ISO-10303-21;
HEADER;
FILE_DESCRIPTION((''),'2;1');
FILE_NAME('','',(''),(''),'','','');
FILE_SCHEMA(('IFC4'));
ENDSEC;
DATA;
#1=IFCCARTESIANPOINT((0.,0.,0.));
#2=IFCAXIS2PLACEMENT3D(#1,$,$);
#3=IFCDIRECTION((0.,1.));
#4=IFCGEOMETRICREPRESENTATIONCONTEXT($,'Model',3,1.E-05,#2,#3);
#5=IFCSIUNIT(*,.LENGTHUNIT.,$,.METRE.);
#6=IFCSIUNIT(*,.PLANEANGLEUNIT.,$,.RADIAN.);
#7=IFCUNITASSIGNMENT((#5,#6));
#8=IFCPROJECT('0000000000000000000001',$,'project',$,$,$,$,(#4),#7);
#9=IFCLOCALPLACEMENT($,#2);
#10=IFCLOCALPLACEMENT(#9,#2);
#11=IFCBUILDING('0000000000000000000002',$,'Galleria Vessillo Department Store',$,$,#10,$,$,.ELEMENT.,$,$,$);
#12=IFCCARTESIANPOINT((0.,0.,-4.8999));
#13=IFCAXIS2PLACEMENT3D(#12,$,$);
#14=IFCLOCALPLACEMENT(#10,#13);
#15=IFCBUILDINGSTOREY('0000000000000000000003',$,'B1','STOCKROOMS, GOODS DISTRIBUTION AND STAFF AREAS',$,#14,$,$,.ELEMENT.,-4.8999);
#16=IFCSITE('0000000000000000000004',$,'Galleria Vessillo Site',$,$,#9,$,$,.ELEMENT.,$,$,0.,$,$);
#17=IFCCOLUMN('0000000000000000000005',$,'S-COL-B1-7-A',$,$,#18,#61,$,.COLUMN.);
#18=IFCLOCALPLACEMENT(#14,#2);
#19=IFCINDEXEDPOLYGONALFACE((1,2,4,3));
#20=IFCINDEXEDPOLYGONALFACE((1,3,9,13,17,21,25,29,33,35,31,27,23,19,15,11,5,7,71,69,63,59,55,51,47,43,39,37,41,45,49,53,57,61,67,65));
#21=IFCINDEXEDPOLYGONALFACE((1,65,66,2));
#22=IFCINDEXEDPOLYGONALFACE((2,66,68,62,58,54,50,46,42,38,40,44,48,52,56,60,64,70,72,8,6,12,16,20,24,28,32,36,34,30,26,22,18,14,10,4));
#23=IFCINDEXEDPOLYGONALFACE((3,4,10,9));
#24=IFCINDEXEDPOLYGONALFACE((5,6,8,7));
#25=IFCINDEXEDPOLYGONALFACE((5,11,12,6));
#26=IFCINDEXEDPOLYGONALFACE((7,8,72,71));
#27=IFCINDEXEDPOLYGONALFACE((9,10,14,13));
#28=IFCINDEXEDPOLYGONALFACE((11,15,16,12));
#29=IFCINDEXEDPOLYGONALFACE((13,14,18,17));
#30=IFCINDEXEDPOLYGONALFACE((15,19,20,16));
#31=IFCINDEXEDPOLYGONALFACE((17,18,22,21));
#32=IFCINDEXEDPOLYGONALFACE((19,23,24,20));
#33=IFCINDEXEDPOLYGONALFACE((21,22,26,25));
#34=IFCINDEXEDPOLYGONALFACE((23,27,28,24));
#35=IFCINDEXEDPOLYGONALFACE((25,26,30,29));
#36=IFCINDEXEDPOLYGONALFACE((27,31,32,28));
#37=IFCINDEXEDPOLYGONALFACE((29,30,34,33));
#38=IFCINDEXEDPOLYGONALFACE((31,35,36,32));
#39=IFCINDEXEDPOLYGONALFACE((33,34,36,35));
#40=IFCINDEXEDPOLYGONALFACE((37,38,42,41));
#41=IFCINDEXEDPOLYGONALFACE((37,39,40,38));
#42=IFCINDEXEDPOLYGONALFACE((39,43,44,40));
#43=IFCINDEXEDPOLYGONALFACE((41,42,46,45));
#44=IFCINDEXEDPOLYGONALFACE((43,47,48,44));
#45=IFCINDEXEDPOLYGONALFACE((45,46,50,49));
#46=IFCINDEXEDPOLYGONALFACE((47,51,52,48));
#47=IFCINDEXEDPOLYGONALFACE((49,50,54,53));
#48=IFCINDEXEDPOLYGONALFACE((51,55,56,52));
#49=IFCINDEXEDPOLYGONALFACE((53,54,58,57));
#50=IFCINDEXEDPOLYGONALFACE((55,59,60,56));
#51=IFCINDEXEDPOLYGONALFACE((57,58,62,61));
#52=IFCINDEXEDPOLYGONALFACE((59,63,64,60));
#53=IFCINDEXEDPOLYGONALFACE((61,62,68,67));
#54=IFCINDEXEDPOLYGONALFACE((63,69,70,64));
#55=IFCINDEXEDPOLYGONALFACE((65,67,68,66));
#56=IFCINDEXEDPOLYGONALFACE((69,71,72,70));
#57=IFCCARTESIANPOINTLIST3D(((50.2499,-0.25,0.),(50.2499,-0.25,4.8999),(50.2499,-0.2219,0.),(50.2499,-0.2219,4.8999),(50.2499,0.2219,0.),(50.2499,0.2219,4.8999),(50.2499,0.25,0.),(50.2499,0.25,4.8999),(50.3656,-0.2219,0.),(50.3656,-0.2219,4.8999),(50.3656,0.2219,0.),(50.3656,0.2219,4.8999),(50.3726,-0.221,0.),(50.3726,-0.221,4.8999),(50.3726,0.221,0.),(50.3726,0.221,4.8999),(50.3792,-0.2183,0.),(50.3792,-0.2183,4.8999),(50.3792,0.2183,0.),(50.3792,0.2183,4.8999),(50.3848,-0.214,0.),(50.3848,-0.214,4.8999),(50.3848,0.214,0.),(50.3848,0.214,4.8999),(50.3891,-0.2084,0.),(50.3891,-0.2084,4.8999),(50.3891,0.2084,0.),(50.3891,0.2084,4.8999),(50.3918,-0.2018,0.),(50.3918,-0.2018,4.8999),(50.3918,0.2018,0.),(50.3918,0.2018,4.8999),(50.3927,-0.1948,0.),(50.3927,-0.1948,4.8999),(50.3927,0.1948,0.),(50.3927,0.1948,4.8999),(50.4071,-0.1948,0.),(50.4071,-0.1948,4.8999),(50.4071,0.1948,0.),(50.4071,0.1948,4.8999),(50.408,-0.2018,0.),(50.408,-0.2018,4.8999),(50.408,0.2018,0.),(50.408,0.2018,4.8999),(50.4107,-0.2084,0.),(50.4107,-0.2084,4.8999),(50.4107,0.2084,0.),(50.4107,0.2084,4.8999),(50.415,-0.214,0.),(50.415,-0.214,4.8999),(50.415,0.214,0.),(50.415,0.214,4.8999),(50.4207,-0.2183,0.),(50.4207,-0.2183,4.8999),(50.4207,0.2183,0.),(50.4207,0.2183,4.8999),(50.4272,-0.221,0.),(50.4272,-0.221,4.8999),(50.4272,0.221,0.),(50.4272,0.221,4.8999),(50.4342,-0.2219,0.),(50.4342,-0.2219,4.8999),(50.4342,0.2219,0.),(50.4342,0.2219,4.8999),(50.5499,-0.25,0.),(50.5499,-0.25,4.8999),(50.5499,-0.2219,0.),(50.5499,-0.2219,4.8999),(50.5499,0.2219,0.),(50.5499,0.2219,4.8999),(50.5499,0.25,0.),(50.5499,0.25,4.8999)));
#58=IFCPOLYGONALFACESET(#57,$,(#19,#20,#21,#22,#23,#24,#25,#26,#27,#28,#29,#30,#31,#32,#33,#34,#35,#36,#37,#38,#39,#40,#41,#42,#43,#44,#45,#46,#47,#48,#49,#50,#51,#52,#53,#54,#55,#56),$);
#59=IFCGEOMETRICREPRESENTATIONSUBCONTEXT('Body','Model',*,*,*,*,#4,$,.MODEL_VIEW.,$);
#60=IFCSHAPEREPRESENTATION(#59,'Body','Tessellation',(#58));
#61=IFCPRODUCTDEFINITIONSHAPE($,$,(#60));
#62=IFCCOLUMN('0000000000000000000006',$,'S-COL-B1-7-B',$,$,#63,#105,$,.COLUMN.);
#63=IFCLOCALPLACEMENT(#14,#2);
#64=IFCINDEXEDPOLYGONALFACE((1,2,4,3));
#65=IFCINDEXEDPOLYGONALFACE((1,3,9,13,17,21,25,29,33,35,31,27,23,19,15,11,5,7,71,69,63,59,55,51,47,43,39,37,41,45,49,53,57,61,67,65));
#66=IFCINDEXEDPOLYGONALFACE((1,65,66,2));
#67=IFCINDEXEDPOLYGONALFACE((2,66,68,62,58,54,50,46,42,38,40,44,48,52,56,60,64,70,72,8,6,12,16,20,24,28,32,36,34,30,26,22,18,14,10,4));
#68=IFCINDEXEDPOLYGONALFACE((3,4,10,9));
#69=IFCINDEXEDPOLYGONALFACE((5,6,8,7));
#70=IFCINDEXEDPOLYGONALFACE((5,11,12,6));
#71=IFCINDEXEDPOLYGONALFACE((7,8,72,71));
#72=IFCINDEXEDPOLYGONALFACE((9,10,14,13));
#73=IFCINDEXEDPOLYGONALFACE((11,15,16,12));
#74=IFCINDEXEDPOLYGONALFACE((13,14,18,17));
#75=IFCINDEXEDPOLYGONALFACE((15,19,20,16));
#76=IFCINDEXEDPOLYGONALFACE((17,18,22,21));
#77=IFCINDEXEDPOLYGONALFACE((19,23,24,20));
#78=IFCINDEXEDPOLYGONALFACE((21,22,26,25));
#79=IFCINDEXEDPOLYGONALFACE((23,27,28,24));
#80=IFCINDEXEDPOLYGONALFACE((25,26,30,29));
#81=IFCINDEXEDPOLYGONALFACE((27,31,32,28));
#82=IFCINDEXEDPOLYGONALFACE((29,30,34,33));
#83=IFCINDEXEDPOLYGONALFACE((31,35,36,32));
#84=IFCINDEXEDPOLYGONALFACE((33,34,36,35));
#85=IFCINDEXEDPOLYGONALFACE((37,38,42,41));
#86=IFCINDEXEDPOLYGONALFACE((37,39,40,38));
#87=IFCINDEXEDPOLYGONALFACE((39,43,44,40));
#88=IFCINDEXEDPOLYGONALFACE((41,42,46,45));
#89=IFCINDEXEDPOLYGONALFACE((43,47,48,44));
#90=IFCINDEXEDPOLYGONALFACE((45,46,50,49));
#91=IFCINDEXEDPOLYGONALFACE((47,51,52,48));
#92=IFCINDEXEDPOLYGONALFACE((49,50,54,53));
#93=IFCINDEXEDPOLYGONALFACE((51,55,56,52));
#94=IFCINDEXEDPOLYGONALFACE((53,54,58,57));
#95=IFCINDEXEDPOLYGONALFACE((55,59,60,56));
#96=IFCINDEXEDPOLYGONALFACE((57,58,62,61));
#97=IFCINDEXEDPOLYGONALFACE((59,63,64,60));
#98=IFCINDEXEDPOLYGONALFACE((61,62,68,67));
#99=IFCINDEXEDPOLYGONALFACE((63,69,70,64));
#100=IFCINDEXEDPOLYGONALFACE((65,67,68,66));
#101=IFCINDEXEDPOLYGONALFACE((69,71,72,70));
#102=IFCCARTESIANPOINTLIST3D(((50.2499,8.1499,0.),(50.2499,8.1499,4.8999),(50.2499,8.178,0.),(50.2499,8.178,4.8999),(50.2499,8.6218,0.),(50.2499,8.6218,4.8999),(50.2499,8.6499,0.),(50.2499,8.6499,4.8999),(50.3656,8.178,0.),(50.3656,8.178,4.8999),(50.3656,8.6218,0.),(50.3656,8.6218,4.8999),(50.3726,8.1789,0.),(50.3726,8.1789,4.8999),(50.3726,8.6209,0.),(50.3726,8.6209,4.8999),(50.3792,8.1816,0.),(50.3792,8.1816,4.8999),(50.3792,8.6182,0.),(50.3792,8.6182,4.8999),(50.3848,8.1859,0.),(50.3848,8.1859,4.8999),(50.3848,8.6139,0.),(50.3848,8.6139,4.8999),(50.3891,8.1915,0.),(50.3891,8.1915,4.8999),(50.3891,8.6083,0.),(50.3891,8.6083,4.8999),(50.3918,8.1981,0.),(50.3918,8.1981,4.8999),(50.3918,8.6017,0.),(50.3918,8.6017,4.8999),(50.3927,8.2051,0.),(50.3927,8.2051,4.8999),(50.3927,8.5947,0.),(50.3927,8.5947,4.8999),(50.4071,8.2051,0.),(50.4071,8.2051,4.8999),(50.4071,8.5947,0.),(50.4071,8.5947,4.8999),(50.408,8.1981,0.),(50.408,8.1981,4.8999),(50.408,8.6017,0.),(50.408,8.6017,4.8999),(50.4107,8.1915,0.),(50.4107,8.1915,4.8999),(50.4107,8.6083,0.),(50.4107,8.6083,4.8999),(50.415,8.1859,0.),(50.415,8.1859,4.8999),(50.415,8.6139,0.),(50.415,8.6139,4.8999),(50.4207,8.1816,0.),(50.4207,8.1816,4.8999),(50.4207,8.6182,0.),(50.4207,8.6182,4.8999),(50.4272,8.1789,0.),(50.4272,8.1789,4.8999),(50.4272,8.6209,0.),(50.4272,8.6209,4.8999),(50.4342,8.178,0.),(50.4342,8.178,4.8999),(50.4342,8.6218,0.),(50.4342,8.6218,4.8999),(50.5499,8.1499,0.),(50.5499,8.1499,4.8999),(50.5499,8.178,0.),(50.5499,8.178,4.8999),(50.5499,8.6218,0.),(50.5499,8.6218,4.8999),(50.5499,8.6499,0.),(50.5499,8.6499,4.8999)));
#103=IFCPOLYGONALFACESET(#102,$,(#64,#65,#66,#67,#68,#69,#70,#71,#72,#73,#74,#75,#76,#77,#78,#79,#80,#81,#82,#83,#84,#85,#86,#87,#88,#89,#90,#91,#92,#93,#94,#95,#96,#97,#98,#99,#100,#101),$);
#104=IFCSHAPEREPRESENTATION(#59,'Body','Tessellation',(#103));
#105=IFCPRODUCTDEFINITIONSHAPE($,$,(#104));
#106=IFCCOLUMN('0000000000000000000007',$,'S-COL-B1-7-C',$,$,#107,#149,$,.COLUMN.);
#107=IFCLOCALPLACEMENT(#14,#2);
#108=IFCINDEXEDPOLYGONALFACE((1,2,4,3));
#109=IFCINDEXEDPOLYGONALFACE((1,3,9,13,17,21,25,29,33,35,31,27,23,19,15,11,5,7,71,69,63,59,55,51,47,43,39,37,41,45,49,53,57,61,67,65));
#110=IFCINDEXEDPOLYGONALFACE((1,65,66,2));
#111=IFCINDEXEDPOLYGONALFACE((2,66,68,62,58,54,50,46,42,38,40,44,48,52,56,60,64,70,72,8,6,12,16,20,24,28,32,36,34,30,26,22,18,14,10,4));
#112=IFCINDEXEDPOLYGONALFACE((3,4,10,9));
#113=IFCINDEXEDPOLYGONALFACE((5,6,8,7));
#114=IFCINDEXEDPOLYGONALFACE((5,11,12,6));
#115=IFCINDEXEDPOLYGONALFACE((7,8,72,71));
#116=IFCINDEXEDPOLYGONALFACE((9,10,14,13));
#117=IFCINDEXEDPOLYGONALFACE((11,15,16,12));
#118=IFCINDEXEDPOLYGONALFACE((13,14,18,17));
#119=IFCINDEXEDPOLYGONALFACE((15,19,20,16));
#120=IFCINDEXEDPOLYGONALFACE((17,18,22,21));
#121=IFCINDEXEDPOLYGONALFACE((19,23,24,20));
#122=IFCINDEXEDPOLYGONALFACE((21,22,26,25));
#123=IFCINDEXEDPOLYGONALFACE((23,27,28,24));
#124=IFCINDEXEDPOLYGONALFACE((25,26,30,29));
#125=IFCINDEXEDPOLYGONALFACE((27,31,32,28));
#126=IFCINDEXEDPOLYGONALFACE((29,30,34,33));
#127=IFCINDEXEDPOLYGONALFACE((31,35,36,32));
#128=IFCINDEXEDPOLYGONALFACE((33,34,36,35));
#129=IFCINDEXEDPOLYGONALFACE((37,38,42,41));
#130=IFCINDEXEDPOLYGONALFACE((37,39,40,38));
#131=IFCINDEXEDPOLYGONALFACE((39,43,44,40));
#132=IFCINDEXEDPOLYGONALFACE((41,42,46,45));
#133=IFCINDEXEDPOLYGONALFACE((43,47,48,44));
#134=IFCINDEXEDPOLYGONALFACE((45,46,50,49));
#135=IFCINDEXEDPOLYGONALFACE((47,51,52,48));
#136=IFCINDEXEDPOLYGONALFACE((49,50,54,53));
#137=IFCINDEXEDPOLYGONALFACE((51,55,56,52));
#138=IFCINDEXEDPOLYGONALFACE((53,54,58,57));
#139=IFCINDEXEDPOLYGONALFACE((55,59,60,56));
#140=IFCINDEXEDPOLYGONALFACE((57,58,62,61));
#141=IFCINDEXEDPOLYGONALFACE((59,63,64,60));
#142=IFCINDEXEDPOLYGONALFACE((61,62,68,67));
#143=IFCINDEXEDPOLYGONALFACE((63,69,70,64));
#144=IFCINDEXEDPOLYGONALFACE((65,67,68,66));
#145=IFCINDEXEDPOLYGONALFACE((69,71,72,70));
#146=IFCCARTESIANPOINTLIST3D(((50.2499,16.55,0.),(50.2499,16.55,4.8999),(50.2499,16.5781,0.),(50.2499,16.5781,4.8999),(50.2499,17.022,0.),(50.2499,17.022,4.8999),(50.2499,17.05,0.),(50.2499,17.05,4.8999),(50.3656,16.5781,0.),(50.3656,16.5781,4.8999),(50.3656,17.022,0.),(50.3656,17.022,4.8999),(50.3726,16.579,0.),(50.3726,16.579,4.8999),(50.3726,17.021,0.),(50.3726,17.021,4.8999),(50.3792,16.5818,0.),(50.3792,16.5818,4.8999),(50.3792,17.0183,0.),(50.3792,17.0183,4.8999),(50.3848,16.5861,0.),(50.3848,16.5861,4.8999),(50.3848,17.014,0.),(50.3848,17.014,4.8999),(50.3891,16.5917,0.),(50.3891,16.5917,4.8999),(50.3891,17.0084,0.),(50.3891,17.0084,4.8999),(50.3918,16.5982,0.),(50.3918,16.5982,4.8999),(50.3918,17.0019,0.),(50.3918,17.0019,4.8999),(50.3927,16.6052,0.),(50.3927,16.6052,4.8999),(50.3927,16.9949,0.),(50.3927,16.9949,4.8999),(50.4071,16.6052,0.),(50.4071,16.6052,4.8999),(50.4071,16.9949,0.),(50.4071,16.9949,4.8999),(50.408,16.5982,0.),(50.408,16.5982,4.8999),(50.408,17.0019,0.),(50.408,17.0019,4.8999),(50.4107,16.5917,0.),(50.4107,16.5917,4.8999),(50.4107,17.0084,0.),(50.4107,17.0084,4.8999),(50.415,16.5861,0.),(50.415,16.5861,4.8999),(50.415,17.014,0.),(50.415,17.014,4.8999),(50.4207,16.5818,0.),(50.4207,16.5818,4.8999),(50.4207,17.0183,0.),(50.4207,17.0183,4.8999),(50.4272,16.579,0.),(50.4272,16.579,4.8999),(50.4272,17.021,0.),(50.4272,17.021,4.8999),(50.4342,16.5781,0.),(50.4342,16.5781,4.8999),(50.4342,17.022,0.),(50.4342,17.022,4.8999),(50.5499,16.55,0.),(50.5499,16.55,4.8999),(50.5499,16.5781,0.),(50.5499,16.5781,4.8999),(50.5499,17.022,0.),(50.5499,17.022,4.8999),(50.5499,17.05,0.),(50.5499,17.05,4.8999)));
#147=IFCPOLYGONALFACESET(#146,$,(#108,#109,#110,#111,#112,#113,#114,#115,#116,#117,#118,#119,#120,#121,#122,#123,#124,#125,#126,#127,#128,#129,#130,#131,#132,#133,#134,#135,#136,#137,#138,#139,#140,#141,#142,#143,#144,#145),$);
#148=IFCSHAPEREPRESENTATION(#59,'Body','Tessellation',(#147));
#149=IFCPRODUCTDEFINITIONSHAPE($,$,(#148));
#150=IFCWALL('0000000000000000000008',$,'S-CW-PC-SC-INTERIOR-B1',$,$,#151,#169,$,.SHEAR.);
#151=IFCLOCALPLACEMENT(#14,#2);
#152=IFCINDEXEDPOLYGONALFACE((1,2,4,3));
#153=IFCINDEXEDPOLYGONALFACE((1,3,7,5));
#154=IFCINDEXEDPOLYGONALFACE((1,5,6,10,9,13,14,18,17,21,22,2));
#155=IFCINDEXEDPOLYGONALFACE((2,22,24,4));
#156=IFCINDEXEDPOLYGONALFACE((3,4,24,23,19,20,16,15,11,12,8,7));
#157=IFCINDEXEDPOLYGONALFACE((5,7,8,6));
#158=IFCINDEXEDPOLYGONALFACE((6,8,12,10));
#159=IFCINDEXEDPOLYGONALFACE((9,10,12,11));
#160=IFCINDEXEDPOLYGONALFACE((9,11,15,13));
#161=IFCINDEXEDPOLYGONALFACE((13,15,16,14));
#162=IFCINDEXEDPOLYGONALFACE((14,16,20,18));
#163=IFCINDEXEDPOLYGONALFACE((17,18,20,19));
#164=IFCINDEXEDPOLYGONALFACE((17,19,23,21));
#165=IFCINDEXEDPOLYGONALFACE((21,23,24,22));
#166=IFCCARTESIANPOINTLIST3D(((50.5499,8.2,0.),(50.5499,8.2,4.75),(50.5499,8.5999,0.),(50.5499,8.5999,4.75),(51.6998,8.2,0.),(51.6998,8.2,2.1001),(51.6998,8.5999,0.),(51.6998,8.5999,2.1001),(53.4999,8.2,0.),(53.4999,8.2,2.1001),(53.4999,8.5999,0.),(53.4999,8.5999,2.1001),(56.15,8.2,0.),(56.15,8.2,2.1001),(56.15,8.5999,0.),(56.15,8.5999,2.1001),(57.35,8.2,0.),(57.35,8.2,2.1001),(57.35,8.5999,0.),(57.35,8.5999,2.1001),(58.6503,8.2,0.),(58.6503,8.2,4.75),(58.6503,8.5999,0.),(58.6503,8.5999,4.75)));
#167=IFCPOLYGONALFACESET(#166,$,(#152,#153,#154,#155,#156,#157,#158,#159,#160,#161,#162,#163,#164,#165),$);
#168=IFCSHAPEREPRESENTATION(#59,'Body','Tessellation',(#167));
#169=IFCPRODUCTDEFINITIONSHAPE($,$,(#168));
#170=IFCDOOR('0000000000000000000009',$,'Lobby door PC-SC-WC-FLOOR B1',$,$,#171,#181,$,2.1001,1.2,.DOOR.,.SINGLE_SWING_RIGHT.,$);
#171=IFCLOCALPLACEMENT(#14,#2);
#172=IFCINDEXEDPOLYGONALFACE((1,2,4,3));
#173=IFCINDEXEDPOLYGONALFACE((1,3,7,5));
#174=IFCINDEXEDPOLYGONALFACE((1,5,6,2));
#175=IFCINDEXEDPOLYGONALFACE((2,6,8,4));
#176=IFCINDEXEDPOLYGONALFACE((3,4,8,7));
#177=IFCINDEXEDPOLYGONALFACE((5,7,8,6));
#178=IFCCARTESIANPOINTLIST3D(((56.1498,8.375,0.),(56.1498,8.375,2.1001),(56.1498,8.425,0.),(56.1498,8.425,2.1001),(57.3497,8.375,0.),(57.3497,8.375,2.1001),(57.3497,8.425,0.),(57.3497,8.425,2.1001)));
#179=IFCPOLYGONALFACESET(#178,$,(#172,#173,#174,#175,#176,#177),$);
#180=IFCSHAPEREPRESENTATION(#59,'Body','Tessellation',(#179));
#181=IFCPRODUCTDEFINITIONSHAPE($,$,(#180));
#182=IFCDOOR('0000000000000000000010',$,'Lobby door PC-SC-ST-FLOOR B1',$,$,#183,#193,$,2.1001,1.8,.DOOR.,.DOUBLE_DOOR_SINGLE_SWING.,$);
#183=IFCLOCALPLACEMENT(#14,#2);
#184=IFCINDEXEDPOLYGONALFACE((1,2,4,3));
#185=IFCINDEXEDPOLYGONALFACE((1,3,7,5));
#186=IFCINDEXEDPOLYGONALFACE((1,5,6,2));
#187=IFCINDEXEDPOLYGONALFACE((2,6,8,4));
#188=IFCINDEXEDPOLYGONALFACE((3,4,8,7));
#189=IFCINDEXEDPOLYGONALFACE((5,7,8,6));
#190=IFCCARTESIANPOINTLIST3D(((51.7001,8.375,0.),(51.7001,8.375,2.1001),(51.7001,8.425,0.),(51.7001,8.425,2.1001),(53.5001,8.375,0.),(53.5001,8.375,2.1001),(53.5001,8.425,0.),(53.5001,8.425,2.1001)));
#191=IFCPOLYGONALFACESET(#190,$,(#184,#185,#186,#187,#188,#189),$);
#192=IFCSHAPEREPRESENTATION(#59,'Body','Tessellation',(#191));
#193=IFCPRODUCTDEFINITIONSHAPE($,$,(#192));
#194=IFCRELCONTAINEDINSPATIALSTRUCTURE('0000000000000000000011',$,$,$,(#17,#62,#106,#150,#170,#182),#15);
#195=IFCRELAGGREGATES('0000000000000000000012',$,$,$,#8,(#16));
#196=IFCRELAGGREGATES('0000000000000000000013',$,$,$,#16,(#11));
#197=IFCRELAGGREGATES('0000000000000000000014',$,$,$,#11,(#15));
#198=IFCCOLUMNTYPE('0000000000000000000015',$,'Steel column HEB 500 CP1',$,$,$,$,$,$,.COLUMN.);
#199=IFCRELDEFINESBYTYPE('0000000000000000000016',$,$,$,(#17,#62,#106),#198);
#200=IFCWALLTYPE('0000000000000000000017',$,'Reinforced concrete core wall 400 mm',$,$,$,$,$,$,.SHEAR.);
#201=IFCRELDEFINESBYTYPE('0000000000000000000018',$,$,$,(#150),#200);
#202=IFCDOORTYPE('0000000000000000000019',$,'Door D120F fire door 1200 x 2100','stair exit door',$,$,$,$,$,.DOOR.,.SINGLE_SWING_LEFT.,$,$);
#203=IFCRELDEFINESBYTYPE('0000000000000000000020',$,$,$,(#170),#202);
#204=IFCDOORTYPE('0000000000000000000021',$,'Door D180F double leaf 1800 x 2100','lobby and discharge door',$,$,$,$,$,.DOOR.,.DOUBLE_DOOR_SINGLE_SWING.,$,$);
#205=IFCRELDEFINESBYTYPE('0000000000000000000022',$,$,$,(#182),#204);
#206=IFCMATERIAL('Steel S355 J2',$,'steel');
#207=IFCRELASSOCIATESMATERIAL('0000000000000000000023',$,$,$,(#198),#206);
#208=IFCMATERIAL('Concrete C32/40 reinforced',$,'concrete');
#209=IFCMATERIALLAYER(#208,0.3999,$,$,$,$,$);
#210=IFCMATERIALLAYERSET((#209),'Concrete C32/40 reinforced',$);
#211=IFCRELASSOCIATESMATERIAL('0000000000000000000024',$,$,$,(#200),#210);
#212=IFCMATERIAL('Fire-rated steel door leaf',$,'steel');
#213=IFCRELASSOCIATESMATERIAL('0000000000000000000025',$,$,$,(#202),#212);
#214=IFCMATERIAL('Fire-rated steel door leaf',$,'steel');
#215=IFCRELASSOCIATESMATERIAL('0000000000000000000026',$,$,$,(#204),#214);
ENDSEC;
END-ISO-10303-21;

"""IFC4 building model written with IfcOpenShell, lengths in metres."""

from ifc_helpers import new_model, si_unit, direction, frame, frame_2d, origin, origin_2d, place, context, subcontext, project, spatial, rectangle, i_section, extrude, material, layer, layer_set, material_profile, profile_set, type_object, element, fill, save


model = new_model("IFC4")

# Units and contexts
model_context = context("Model", 3, precision=1e-05, world=origin(), true_north=direction((0.0, 1.0)))
body_context = subcontext(model_context, "Body", "Model", "MODEL_VIEW")
ifc_project = project(units=[si_unit("LENGTHUNIT", "METRE"), si_unit("PLANEANGLEUNIT", "RADIAN")], contexts=[model_context])

# Site, building, storey
site_placement = place(None, origin())
site = spatial("IfcSite", under=ifc_project, at=site_placement, Name="Galleria Vessillo Site", CompositionType="ELEMENT", RefElevation=0.0)
building_placement = place(site_placement, origin())
building = spatial("IfcBuilding", under=site, at=building_placement, Name="Galleria Vessillo Department Store", CompositionType="ELEMENT")
storey_placement = place(building_placement, frame((0.0, 0.0, -4.8999)))
storey = spatial("IfcBuildingStorey", under=building, at=storey_placement, Name="B1", Description="STOCKROOMS, GOODS DISTRIBUTION AND STAFF AREAS", CompositionType="ELEMENT", Elevation=-4.8999)

# Columns
ifc_material_1 = material(Name="Steel S355 J2", Category="steel")
ifc_material_profile = material_profile(ifc_material_1, i_section(OverallWidth=0.3, OverallDepth=0.5, WebThickness=0.0144, FlangeThickness=0.0281, FilletRadius=0.0271, at=origin_2d()), Name="HEB 500")
ifc_profile_set = profile_set([ifc_material_profile], Name="Steel S355 J2")
column_type = type_object("IfcColumnType", Name="Steel column HEB 500 CP1", PredefinedType="COLUMN", material=ifc_profile_set)
for number, where, z_axis, x_axis, name in (
    (1, (50.3999, 0.0, 0.0), (0.0, 0.0, 1.0), (1.0, 0.0, 0.0), "S-COL-B1-7-A"),
    (2, (50.3999, 8.3999, 0.0), (0.0, 0.0, 1.0), (1.0, 0.0, 0.0), "S-COL-B1-7-B"),
    (3, (50.3999, 16.8, 0.0), (0.0, 0.0, 1.0), (1.0, 0.0, 0.0), "S-COL-B1-7-C"),
):
    element("IfcColumn", number, at=place(storey_placement, frame(where, z_axis=z_axis, x_axis=x_axis)), inside=storey, type_object=column_type, Name=name, PredefinedType="COLUMN", context=body_context, shape_type="SweptSolid", body=[
        extrude(i_section(OverallWidth=0.3, OverallDepth=0.5, WebThickness=0.0144, FlangeThickness=0.0281, FilletRadius=0.0271, at=origin_2d()), origin(), (0.0, 0.0, 1.0), 4.8999),
    ])

# Wall, openings, doors
ifc_material_2 = material(Name="Concrete C32/40 reinforced", Category="concrete")
ifc_layer_1 = layer(ifc_material_2, 0.3999)
ifc_layer_set_1 = layer_set([ifc_layer_1], Name="Concrete C32/40 reinforced")
wall_type_1 = type_object("IfcWallType", Name="Reinforced concrete core wall 400 mm", PredefinedType="SHEAR", material=ifc_layer_set_1)
wall_1_placement = place(storey_placement, frame((50.5498, 8.3999, 0.0), z_axis=(0.0, 0.0, 1.0), x_axis=(1.0, 0.0, 0.0)))
wall_1 = element("IfcWall", 4, at=wall_1_placement, inside=storey, type_object=wall_type_1, Name="S-CW-PC-SC-INTERIOR-B1", PredefinedType="SHEAR", context=body_context, shape_type="SweptSolid", body=[
    extrude(rectangle(XDim=8.1003, YDim=0.3999, at=frame_2d((4.0503, 0.0))), origin(), (0.0, 0.0, 1.0), 4.75),
])
opening_1_placement = place(wall_1_placement, frame((1.1501, 0.0, 0.0)))
opening_1 = element("IfcOpeningElement", 5, at=opening_1_placement, cuts=wall_1, PredefinedType="OPENING", context=body_context, shape_type="SweptSolid", body=[
    extrude(rectangle(XDim=1.8, YDim=2.1001, at=frame_2d((0.8999, 1.05))), frame((0.0, 0.21, 0.0), z_axis=(0.0, -1.0, 0.0), x_axis=(1.0, 0.0, 0.0)), (0.0, 0.0, 1.0), 0.4199),
])
opening_2_placement = place(wall_1_placement, frame((5.6001, 0.0, 0.0)))
opening_2 = element("IfcOpeningElement", 6, at=opening_2_placement, cuts=wall_1, PredefinedType="OPENING", context=body_context, shape_type="SweptSolid", body=[
    extrude(rectangle(XDim=1.2, YDim=2.1001, at=frame_2d((0.6001, 1.05))), frame((0.0, 0.21, 0.0), z_axis=(0.0, -1.0, 0.0), x_axis=(1.0, 0.0, 0.0)), (0.0, 0.0, 1.0), 0.4199),
])
ifc_material_3 = material(Name="Fire-rated steel door leaf", Category="steel")
door_type_1 = type_object("IfcDoorType", Name="Door D120F fire door 1200 x 2100", Description="stair exit door", OperationType="SINGLE_SWING_LEFT", PredefinedType="DOOR", material=ifc_material_3)
door_1_placement = place(opening_2_placement, frame((1.2, 0.0, 0.0), z_axis=(0.0, 0.0, 1.0), x_axis=(-1.0, 0.0, 0.0)))
door_1 = element("IfcDoor", 7, at=door_1_placement, inside=storey, type_object=door_type_1, Name="Lobby door PC-SC-WC-FLOOR B1", OperationType="SINGLE_SWING_RIGHT", OverallHeight=2.1001, OverallWidth=1.2, PredefinedType="DOOR", context=body_context, shape_type="SweptSolid", body=[
    extrude(rectangle(XDim=1.2, YDim=2.1001, at=frame_2d((0.6001, 1.05))), frame((0.0, 0.0249, 0.0), z_axis=(0.0, -1.0, 0.0), x_axis=(1.0, 0.0, 0.0)), (0.0, 0.0, 1.0), 0.05),
])
fill(opening_2, door_1)
ifc_material_4 = material(Name="Fire-rated steel door leaf", Category="steel")
door_type_2 = type_object("IfcDoorType", Name="Door D180F double leaf 1800 x 2100", Description="lobby and discharge door", OperationType="DOUBLE_DOOR_SINGLE_SWING", PredefinedType="DOOR", material=ifc_material_4)
door_2_placement = place(opening_1_placement, frame((1.8, 0.0, 0.0), z_axis=(0.0, 0.0, 1.0), x_axis=(-1.0, 0.0, 0.0)))
door_2 = element("IfcDoor", 8, at=door_2_placement, inside=storey, type_object=door_type_2, Name="Lobby door PC-SC-ST-FLOOR B1", OperationType="DOUBLE_DOOR_SINGLE_SWING", OverallHeight=2.1001, OverallWidth=1.8, PredefinedType="DOOR", context=body_context, shape_type="SweptSolid", body=[
    extrude(rectangle(XDim=1.8, YDim=2.1001, at=frame_2d((0.8999, 1.05))), frame((0.0, 0.0249, 0.0), z_axis=(0.0, -1.0, 0.0), x_axis=(1.0, 0.0, 0.0)), (0.0, 0.0, 1.0), 0.05),
])
fill(opening_1, door_2)

save(model, "model.ifc")
